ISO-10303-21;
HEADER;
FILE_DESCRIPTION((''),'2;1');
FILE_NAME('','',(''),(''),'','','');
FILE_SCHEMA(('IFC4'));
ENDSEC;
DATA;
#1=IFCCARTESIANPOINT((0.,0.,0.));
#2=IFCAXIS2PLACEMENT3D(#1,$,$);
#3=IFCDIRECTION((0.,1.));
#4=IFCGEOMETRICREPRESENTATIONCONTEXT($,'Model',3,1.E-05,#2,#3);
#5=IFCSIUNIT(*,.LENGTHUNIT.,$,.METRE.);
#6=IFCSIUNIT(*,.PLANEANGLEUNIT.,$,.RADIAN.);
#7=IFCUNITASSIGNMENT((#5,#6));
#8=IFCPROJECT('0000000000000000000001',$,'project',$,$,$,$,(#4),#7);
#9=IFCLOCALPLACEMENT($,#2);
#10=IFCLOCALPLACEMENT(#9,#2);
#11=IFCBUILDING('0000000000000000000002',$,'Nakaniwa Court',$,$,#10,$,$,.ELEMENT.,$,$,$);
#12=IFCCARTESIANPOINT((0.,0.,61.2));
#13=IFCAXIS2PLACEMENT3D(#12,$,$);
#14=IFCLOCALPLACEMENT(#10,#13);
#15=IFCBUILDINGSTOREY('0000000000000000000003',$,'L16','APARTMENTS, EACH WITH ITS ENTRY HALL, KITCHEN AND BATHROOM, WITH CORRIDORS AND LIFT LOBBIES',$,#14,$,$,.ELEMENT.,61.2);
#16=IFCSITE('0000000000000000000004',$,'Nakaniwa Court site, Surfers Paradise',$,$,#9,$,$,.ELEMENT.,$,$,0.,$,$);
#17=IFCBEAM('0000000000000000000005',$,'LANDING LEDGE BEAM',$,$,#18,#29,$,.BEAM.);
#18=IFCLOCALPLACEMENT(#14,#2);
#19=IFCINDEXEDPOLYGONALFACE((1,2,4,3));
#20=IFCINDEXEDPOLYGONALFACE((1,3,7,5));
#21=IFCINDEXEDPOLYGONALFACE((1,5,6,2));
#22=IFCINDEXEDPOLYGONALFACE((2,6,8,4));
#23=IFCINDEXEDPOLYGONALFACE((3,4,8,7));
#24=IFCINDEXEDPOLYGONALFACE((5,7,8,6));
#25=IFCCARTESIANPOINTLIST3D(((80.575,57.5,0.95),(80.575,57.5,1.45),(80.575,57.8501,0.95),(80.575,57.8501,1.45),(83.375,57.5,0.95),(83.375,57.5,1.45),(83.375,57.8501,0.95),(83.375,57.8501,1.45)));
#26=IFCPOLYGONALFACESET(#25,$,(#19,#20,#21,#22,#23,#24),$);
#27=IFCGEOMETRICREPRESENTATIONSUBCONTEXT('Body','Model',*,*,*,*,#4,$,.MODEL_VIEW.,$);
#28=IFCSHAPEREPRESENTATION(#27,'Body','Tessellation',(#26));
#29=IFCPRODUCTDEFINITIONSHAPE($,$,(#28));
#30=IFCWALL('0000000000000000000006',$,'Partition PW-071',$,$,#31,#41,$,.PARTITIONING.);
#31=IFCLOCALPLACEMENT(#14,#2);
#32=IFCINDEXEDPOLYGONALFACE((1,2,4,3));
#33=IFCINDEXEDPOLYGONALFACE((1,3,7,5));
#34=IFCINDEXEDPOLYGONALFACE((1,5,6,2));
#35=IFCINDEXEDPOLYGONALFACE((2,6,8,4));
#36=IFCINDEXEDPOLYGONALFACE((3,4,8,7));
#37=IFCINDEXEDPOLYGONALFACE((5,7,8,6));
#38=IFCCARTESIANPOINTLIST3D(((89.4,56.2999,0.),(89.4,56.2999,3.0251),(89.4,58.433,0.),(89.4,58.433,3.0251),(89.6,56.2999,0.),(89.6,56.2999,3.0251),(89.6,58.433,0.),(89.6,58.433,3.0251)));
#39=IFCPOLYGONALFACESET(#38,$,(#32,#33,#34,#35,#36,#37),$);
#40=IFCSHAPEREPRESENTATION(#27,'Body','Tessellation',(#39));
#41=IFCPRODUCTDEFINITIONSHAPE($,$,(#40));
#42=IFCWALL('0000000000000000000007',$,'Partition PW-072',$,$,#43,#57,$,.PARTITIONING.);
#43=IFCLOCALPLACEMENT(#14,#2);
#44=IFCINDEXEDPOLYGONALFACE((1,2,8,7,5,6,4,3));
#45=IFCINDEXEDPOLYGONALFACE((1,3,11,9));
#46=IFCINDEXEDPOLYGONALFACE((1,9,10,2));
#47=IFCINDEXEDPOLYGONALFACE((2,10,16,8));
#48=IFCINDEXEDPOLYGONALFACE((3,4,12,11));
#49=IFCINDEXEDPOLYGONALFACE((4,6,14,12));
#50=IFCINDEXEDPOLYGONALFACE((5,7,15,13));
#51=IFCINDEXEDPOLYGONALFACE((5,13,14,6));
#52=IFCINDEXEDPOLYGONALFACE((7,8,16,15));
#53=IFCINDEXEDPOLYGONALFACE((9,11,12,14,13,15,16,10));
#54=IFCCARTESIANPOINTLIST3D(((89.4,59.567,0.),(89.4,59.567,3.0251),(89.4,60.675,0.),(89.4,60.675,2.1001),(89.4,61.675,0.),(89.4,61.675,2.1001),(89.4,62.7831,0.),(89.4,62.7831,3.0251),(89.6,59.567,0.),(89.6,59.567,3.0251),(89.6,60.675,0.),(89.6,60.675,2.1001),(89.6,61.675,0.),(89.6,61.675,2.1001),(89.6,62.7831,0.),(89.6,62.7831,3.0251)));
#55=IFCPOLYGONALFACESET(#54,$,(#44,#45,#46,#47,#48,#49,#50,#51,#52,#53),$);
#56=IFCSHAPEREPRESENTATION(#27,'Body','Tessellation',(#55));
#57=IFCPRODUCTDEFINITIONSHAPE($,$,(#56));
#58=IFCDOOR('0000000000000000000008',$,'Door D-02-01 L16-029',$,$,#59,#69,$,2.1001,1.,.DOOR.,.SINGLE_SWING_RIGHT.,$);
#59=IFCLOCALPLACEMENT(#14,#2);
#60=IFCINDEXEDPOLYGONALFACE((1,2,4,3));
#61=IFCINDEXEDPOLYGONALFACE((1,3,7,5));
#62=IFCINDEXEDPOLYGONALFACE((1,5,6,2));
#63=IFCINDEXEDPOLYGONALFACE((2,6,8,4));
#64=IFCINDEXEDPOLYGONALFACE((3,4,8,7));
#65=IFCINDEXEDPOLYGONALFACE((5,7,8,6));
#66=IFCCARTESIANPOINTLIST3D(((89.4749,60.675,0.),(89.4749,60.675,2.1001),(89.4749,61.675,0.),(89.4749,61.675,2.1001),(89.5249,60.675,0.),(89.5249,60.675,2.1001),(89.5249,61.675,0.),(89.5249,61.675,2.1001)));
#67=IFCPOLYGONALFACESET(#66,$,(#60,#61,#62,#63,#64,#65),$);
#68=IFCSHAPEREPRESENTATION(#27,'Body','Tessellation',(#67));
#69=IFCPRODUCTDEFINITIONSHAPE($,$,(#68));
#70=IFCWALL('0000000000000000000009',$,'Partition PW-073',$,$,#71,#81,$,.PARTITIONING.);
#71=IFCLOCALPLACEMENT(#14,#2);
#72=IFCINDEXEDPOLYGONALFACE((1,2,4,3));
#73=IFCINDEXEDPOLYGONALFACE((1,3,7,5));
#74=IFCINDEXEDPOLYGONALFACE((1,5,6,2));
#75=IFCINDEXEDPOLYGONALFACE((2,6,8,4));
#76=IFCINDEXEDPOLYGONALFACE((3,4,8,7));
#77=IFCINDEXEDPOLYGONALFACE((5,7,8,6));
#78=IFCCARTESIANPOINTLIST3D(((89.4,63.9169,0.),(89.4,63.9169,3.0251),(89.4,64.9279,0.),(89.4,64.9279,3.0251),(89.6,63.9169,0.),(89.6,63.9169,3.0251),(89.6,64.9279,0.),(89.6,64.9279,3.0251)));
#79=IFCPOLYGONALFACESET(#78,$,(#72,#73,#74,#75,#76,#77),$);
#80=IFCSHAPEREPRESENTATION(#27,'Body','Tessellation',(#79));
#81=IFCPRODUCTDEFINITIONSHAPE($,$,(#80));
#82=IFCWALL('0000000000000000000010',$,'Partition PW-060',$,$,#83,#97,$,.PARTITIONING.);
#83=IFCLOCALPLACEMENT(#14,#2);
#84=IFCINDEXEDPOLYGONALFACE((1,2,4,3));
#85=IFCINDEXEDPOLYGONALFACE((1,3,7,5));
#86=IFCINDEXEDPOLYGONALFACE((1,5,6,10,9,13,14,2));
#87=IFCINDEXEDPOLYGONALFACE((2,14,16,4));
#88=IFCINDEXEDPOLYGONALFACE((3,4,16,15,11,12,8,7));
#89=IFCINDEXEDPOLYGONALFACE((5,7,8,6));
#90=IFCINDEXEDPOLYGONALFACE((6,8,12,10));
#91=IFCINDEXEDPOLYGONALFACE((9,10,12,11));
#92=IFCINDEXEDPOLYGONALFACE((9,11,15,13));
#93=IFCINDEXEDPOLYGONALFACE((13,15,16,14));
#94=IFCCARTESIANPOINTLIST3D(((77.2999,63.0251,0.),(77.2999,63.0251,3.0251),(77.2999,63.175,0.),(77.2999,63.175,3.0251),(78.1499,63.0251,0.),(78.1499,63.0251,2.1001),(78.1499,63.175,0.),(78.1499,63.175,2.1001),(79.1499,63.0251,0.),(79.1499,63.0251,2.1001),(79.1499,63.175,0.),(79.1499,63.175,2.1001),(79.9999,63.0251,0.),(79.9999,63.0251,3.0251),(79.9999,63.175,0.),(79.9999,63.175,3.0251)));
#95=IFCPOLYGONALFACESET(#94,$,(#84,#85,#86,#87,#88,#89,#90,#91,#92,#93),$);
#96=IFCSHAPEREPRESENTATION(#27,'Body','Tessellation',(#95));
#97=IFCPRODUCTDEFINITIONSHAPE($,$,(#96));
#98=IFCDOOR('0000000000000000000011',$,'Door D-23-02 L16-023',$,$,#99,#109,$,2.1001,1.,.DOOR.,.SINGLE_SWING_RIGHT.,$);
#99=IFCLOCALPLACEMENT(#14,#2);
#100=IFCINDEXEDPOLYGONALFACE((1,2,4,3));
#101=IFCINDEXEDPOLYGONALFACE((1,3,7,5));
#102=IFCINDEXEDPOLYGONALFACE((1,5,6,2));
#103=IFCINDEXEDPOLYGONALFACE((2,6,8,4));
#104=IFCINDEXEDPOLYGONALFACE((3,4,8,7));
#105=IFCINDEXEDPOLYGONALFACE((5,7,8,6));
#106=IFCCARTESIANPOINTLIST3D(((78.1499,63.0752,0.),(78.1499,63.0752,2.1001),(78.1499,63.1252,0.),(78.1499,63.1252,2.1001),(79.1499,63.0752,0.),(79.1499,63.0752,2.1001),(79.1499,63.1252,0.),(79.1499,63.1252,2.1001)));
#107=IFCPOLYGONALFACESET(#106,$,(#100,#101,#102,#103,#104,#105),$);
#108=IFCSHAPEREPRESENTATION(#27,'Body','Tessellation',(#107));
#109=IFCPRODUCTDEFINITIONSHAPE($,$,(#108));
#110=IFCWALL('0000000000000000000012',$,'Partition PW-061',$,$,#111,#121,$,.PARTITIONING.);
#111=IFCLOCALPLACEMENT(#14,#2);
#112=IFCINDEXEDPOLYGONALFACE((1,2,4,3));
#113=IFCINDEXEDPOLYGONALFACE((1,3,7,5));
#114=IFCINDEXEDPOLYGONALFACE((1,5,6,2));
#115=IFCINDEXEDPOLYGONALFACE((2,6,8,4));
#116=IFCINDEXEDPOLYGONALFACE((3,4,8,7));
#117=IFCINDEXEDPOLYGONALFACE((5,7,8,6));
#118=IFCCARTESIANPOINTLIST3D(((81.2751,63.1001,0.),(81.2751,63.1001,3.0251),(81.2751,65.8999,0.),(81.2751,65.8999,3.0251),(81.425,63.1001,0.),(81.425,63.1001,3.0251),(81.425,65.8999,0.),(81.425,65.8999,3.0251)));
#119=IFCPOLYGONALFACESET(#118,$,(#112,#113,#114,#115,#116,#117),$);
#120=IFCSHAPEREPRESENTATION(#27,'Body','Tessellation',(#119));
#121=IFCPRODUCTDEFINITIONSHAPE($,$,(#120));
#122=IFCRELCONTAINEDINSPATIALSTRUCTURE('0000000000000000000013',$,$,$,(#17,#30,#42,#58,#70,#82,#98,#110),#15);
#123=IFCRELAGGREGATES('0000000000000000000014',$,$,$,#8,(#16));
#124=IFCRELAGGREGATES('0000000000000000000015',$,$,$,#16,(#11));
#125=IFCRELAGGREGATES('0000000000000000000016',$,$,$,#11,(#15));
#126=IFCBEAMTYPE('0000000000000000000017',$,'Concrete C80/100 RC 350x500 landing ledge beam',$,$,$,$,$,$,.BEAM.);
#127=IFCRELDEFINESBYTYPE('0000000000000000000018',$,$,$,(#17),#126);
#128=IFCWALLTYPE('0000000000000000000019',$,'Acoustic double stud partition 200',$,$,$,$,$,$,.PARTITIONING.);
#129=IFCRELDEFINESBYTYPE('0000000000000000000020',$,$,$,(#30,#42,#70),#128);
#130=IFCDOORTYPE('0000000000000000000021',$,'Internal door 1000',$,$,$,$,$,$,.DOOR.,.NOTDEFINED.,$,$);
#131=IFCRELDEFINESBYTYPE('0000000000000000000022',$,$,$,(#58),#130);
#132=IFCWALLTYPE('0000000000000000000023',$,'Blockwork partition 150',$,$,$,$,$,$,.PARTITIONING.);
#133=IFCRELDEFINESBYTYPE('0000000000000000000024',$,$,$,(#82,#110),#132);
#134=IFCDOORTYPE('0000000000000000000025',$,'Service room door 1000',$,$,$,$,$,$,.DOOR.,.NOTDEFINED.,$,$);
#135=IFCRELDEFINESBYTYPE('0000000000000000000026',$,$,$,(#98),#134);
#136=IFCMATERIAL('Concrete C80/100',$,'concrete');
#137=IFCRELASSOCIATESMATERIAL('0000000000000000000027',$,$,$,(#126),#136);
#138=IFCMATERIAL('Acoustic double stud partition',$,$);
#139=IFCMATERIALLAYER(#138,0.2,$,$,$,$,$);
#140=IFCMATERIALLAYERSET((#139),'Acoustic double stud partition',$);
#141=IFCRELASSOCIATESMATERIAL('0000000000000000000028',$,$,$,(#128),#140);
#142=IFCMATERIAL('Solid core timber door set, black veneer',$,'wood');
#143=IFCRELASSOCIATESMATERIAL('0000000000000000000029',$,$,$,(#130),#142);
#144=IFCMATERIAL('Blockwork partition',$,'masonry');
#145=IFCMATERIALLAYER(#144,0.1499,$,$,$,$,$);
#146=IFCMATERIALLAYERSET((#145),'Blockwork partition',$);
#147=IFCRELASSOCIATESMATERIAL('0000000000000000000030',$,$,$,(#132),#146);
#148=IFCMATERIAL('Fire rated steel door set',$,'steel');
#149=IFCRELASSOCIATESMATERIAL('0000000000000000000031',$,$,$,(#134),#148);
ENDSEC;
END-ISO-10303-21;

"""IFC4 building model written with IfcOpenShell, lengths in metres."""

from ifc_helpers import new_model, si_unit, direction, frame, frame_2d, origin, origin_2d, place, context, subcontext, project, spatial, rectangle, extrude, material, layer, layer_set, material_profile, profile_set, type_object, element, fill, save


model = new_model("IFC4")

# Units and contexts
model_context = context("Model", 3, precision=1e-05, world=origin(), true_north=direction((0.0, 1.0)))
body_context = subcontext(model_context, "Body", "Model", "MODEL_VIEW")
ifc_project = project(units=[si_unit("LENGTHUNIT", "METRE"), si_unit("PLANEANGLEUNIT", "RADIAN")], contexts=[model_context])

# Site, building, storey
site_placement = place(None, origin())
site = spatial("IfcSite", under=ifc_project, at=site_placement, Name="Nakaniwa Court site, Surfers Paradise", CompositionType="ELEMENT", RefElevation=0.0)
building_placement = place(site_placement, origin())
building = spatial("IfcBuilding", under=site, at=building_placement, Name="Nakaniwa Court", CompositionType="ELEMENT")
storey_placement = place(building_placement, frame((0.0, 0.0, 61.2)))
storey = spatial("IfcBuildingStorey", under=building, at=storey_placement, Name="L16", Description="APARTMENTS, EACH WITH ITS ENTRY HALL, KITCHEN AND BATHROOM, WITH CORRIDORS AND LIFT LOBBIES", CompositionType="ELEMENT", Elevation=61.2)

# Beam
ifc_material_1 = material(Name="Concrete C80/100", Category="concrete")
ifc_material_profile = material_profile(ifc_material_1, rectangle(XDim=0.3501, YDim=0.5, at=origin_2d()), Name="Concrete C80/100 RC 350x500 landing ledge beam")
ifc_profile_set = profile_set([ifc_material_profile], Name="Concrete C80/100")
beam_type = type_object("IfcBeamType", Name="Concrete C80/100 RC 350x500 landing ledge beam", PredefinedType="BEAM", material=ifc_profile_set)
beam_placement = place(storey_placement, frame((80.575, 57.675, 1.2), z_axis=(1.0, 0.0, 0.0), x_axis=(0.0, 1.0, 0.0)))
element("IfcBeam", 1, at=beam_placement, inside=storey, type_object=beam_type, Name="LANDING LEDGE BEAM", PredefinedType="BEAM", context=body_context, shape_type="SweptSolid", body=[
    extrude(rectangle(XDim=0.3501, YDim=0.5, at=origin_2d()), origin(), (0.0, 0.0, 1.0), 2.8),
])

# Wall
ifc_material_2 = material(Name="Acoustic double stud partition")
ifc_layer_1 = layer(ifc_material_2, 0.2)
ifc_layer_set_1 = layer_set([ifc_layer_1], Name="Acoustic double stud partition")
wall_type_1 = type_object("IfcWallType", Name="Acoustic double stud partition 200", PredefinedType="PARTITIONING", material=ifc_layer_set_1)
wall_1_placement = place(storey_placement, frame((89.5, 56.3, 0.0), z_axis=(0.0, 0.0, 1.0), x_axis=(0.0, 1.0, 0.0)))
element("IfcWall", 2, at=wall_1_placement, inside=storey, type_object=wall_type_1, Name="Partition PW-071", PredefinedType="PARTITIONING", context=body_context, shape_type="SweptSolid", body=[
    extrude(rectangle(XDim=2.1331, YDim=0.2, at=frame_2d((1.0664, 0.0))), origin(), (0.0, 0.0, 1.0), 3.0251),
])

# Wall, opening, door
wall_2_placement = place(storey_placement, frame((89.5, 62.783, 0.0), z_axis=(0.0, 0.0, 1.0), x_axis=(0.0, -1.0, 0.0)))
wall_2 = element("IfcWall", 3, at=wall_2_placement, inside=storey, type_object=wall_type_1, Name="Partition PW-072", PredefinedType="PARTITIONING", context=body_context, shape_type="SweptSolid", body=[
    extrude(rectangle(XDim=3.2161, YDim=0.2, at=frame_2d((1.6079, 0.0))), origin(), (0.0, 0.0, 1.0), 3.0251),
])
opening_1_placement = place(wall_2_placement, frame((1.1079, 0.0, 0.0)))
opening_1 = element("IfcOpeningElement", 4, at=opening_1_placement, cuts=wall_2, PredefinedType="OPENING", context=body_context, shape_type="SweptSolid", body=[
    extrude(rectangle(XDim=1.0, YDim=2.1001, at=frame_2d((0.5, 1.05))), frame((0.0, 0.1099, 0.0), z_axis=(0.0, -1.0, 0.0), x_axis=(1.0, 0.0, 0.0)), (0.0, 0.0, 1.0), 0.22),
])
ifc_material_3 = material(Name="Solid core timber door set, black veneer", Category="wood")
door_type_1 = type_object("IfcDoorType", Name="Internal door 1000", OperationType="NOTDEFINED", PredefinedType="DOOR", material=ifc_material_3)
door_1_placement = place(opening_1_placement, origin())
door_1 = element("IfcDoor", 5, at=door_1_placement, inside=storey, type_object=door_type_1, Name="Door D-02-01 L16-029", OperationType="SINGLE_SWING_RIGHT", OverallHeight=2.1001, OverallWidth=1.0, PredefinedType="DOOR", context=body_context, shape_type="SweptSolid", body=[
    extrude(rectangle(XDim=1.0, YDim=2.1001, at=frame_2d((0.5, 1.05))), frame((0.0, 0.0249, 0.0), z_axis=(0.0, -1.0, 0.0), x_axis=(1.0, 0.0, 0.0)), (0.0, 0.0, 1.0), 0.05),
])
fill(opening_1, door_1)

# Wall
wall_3_placement = place(storey_placement, frame((89.5, 63.917, 0.0), z_axis=(0.0, 0.0, 1.0), x_axis=(0.0, 1.0, 0.0)))
element("IfcWall", 6, at=wall_3_placement, inside=storey, type_object=wall_type_1, Name="Partition PW-073", PredefinedType="PARTITIONING", context=body_context, shape_type="SweptSolid", body=[
    extrude(rectangle(XDim=1.011, YDim=0.2, at=frame_2d((0.5054, 0.0))), origin(), (0.0, 0.0, 1.0), 3.0251),
])

# Wall, opening, door
ifc_material_4 = material(Name="Blockwork partition", Category="masonry")
ifc_layer_2 = layer(ifc_material_4, 0.1499)
ifc_layer_set_2 = layer_set([ifc_layer_2], Name="Blockwork partition")
wall_type_2 = type_object("IfcWallType", Name="Blockwork partition 150", PredefinedType="PARTITIONING", material=ifc_layer_set_2)
wall_4_placement = place(storey_placement, frame((80.0, 63.1001, 0.0), z_axis=(0.0, 0.0, 1.0), x_axis=(-1.0, 0.0, 0.0)))
wall_4 = element("IfcWall", 7, at=wall_4_placement, inside=storey, type_object=wall_type_2, Name="Partition PW-060", PredefinedType="PARTITIONING", context=body_context, shape_type="SweptSolid", body=[
    extrude(rectangle(XDim=2.7, YDim=0.1499, at=frame_2d((1.3501, 0.0))), origin(), (0.0, 0.0, 1.0), 3.0251),
])
opening_2_placement = place(wall_4_placement, frame((0.8501, 0.0, 0.0)))
opening_2 = element("IfcOpeningElement", 8, at=opening_2_placement, cuts=wall_4, PredefinedType="OPENING", context=body_context, shape_type="SweptSolid", body=[
    extrude(rectangle(XDim=1.0, YDim=2.1001, at=frame_2d((0.5, 1.05))), frame((0.0, 0.085, 0.0), z_axis=(0.0, -1.0, 0.0), x_axis=(1.0, 0.0, 0.0)), (0.0, 0.0, 1.0), 0.1699),
])
ifc_material_5 = material(Name="Fire rated steel door set", Category="steel")
door_type_2 = type_object("IfcDoorType", Name="Service room door 1000", OperationType="NOTDEFINED", PredefinedType="DOOR", material=ifc_material_5)
door_2_placement = place(opening_2_placement, origin())
door_2 = element("IfcDoor", 9, at=door_2_placement, inside=storey, type_object=door_type_2, Name="Door D-23-02 L16-023", OperationType="SINGLE_SWING_RIGHT", OverallHeight=2.1001, OverallWidth=1.0, PredefinedType="DOOR", context=body_context, shape_type="SweptSolid", body=[
    extrude(rectangle(XDim=1.0, YDim=2.1001, at=frame_2d((0.5, 1.05))), frame((0.0, 0.0249, 0.0), z_axis=(0.0, -1.0, 0.0), x_axis=(1.0, 0.0, 0.0)), (0.0, 0.0, 1.0), 0.05),
])
fill(opening_2, door_2)

# Wall
wall_5_placement = place(storey_placement, frame((81.3501, 63.1001, 0.0), z_axis=(0.0, 0.0, 1.0), x_axis=(0.0, 1.0, 0.0)))
element("IfcWall", 10, at=wall_5_placement, inside=storey, type_object=wall_type_2, Name="Partition PW-061", PredefinedType="PARTITIONING", context=body_context, shape_type="SweptSolid", body=[
    extrude(rectangle(XDim=2.7998, YDim=0.1499, at=frame_2d((1.3999, 0.0))), origin(), (0.0, 0.0, 1.0), 3.0251),
])

save(model, "model.ifc")
